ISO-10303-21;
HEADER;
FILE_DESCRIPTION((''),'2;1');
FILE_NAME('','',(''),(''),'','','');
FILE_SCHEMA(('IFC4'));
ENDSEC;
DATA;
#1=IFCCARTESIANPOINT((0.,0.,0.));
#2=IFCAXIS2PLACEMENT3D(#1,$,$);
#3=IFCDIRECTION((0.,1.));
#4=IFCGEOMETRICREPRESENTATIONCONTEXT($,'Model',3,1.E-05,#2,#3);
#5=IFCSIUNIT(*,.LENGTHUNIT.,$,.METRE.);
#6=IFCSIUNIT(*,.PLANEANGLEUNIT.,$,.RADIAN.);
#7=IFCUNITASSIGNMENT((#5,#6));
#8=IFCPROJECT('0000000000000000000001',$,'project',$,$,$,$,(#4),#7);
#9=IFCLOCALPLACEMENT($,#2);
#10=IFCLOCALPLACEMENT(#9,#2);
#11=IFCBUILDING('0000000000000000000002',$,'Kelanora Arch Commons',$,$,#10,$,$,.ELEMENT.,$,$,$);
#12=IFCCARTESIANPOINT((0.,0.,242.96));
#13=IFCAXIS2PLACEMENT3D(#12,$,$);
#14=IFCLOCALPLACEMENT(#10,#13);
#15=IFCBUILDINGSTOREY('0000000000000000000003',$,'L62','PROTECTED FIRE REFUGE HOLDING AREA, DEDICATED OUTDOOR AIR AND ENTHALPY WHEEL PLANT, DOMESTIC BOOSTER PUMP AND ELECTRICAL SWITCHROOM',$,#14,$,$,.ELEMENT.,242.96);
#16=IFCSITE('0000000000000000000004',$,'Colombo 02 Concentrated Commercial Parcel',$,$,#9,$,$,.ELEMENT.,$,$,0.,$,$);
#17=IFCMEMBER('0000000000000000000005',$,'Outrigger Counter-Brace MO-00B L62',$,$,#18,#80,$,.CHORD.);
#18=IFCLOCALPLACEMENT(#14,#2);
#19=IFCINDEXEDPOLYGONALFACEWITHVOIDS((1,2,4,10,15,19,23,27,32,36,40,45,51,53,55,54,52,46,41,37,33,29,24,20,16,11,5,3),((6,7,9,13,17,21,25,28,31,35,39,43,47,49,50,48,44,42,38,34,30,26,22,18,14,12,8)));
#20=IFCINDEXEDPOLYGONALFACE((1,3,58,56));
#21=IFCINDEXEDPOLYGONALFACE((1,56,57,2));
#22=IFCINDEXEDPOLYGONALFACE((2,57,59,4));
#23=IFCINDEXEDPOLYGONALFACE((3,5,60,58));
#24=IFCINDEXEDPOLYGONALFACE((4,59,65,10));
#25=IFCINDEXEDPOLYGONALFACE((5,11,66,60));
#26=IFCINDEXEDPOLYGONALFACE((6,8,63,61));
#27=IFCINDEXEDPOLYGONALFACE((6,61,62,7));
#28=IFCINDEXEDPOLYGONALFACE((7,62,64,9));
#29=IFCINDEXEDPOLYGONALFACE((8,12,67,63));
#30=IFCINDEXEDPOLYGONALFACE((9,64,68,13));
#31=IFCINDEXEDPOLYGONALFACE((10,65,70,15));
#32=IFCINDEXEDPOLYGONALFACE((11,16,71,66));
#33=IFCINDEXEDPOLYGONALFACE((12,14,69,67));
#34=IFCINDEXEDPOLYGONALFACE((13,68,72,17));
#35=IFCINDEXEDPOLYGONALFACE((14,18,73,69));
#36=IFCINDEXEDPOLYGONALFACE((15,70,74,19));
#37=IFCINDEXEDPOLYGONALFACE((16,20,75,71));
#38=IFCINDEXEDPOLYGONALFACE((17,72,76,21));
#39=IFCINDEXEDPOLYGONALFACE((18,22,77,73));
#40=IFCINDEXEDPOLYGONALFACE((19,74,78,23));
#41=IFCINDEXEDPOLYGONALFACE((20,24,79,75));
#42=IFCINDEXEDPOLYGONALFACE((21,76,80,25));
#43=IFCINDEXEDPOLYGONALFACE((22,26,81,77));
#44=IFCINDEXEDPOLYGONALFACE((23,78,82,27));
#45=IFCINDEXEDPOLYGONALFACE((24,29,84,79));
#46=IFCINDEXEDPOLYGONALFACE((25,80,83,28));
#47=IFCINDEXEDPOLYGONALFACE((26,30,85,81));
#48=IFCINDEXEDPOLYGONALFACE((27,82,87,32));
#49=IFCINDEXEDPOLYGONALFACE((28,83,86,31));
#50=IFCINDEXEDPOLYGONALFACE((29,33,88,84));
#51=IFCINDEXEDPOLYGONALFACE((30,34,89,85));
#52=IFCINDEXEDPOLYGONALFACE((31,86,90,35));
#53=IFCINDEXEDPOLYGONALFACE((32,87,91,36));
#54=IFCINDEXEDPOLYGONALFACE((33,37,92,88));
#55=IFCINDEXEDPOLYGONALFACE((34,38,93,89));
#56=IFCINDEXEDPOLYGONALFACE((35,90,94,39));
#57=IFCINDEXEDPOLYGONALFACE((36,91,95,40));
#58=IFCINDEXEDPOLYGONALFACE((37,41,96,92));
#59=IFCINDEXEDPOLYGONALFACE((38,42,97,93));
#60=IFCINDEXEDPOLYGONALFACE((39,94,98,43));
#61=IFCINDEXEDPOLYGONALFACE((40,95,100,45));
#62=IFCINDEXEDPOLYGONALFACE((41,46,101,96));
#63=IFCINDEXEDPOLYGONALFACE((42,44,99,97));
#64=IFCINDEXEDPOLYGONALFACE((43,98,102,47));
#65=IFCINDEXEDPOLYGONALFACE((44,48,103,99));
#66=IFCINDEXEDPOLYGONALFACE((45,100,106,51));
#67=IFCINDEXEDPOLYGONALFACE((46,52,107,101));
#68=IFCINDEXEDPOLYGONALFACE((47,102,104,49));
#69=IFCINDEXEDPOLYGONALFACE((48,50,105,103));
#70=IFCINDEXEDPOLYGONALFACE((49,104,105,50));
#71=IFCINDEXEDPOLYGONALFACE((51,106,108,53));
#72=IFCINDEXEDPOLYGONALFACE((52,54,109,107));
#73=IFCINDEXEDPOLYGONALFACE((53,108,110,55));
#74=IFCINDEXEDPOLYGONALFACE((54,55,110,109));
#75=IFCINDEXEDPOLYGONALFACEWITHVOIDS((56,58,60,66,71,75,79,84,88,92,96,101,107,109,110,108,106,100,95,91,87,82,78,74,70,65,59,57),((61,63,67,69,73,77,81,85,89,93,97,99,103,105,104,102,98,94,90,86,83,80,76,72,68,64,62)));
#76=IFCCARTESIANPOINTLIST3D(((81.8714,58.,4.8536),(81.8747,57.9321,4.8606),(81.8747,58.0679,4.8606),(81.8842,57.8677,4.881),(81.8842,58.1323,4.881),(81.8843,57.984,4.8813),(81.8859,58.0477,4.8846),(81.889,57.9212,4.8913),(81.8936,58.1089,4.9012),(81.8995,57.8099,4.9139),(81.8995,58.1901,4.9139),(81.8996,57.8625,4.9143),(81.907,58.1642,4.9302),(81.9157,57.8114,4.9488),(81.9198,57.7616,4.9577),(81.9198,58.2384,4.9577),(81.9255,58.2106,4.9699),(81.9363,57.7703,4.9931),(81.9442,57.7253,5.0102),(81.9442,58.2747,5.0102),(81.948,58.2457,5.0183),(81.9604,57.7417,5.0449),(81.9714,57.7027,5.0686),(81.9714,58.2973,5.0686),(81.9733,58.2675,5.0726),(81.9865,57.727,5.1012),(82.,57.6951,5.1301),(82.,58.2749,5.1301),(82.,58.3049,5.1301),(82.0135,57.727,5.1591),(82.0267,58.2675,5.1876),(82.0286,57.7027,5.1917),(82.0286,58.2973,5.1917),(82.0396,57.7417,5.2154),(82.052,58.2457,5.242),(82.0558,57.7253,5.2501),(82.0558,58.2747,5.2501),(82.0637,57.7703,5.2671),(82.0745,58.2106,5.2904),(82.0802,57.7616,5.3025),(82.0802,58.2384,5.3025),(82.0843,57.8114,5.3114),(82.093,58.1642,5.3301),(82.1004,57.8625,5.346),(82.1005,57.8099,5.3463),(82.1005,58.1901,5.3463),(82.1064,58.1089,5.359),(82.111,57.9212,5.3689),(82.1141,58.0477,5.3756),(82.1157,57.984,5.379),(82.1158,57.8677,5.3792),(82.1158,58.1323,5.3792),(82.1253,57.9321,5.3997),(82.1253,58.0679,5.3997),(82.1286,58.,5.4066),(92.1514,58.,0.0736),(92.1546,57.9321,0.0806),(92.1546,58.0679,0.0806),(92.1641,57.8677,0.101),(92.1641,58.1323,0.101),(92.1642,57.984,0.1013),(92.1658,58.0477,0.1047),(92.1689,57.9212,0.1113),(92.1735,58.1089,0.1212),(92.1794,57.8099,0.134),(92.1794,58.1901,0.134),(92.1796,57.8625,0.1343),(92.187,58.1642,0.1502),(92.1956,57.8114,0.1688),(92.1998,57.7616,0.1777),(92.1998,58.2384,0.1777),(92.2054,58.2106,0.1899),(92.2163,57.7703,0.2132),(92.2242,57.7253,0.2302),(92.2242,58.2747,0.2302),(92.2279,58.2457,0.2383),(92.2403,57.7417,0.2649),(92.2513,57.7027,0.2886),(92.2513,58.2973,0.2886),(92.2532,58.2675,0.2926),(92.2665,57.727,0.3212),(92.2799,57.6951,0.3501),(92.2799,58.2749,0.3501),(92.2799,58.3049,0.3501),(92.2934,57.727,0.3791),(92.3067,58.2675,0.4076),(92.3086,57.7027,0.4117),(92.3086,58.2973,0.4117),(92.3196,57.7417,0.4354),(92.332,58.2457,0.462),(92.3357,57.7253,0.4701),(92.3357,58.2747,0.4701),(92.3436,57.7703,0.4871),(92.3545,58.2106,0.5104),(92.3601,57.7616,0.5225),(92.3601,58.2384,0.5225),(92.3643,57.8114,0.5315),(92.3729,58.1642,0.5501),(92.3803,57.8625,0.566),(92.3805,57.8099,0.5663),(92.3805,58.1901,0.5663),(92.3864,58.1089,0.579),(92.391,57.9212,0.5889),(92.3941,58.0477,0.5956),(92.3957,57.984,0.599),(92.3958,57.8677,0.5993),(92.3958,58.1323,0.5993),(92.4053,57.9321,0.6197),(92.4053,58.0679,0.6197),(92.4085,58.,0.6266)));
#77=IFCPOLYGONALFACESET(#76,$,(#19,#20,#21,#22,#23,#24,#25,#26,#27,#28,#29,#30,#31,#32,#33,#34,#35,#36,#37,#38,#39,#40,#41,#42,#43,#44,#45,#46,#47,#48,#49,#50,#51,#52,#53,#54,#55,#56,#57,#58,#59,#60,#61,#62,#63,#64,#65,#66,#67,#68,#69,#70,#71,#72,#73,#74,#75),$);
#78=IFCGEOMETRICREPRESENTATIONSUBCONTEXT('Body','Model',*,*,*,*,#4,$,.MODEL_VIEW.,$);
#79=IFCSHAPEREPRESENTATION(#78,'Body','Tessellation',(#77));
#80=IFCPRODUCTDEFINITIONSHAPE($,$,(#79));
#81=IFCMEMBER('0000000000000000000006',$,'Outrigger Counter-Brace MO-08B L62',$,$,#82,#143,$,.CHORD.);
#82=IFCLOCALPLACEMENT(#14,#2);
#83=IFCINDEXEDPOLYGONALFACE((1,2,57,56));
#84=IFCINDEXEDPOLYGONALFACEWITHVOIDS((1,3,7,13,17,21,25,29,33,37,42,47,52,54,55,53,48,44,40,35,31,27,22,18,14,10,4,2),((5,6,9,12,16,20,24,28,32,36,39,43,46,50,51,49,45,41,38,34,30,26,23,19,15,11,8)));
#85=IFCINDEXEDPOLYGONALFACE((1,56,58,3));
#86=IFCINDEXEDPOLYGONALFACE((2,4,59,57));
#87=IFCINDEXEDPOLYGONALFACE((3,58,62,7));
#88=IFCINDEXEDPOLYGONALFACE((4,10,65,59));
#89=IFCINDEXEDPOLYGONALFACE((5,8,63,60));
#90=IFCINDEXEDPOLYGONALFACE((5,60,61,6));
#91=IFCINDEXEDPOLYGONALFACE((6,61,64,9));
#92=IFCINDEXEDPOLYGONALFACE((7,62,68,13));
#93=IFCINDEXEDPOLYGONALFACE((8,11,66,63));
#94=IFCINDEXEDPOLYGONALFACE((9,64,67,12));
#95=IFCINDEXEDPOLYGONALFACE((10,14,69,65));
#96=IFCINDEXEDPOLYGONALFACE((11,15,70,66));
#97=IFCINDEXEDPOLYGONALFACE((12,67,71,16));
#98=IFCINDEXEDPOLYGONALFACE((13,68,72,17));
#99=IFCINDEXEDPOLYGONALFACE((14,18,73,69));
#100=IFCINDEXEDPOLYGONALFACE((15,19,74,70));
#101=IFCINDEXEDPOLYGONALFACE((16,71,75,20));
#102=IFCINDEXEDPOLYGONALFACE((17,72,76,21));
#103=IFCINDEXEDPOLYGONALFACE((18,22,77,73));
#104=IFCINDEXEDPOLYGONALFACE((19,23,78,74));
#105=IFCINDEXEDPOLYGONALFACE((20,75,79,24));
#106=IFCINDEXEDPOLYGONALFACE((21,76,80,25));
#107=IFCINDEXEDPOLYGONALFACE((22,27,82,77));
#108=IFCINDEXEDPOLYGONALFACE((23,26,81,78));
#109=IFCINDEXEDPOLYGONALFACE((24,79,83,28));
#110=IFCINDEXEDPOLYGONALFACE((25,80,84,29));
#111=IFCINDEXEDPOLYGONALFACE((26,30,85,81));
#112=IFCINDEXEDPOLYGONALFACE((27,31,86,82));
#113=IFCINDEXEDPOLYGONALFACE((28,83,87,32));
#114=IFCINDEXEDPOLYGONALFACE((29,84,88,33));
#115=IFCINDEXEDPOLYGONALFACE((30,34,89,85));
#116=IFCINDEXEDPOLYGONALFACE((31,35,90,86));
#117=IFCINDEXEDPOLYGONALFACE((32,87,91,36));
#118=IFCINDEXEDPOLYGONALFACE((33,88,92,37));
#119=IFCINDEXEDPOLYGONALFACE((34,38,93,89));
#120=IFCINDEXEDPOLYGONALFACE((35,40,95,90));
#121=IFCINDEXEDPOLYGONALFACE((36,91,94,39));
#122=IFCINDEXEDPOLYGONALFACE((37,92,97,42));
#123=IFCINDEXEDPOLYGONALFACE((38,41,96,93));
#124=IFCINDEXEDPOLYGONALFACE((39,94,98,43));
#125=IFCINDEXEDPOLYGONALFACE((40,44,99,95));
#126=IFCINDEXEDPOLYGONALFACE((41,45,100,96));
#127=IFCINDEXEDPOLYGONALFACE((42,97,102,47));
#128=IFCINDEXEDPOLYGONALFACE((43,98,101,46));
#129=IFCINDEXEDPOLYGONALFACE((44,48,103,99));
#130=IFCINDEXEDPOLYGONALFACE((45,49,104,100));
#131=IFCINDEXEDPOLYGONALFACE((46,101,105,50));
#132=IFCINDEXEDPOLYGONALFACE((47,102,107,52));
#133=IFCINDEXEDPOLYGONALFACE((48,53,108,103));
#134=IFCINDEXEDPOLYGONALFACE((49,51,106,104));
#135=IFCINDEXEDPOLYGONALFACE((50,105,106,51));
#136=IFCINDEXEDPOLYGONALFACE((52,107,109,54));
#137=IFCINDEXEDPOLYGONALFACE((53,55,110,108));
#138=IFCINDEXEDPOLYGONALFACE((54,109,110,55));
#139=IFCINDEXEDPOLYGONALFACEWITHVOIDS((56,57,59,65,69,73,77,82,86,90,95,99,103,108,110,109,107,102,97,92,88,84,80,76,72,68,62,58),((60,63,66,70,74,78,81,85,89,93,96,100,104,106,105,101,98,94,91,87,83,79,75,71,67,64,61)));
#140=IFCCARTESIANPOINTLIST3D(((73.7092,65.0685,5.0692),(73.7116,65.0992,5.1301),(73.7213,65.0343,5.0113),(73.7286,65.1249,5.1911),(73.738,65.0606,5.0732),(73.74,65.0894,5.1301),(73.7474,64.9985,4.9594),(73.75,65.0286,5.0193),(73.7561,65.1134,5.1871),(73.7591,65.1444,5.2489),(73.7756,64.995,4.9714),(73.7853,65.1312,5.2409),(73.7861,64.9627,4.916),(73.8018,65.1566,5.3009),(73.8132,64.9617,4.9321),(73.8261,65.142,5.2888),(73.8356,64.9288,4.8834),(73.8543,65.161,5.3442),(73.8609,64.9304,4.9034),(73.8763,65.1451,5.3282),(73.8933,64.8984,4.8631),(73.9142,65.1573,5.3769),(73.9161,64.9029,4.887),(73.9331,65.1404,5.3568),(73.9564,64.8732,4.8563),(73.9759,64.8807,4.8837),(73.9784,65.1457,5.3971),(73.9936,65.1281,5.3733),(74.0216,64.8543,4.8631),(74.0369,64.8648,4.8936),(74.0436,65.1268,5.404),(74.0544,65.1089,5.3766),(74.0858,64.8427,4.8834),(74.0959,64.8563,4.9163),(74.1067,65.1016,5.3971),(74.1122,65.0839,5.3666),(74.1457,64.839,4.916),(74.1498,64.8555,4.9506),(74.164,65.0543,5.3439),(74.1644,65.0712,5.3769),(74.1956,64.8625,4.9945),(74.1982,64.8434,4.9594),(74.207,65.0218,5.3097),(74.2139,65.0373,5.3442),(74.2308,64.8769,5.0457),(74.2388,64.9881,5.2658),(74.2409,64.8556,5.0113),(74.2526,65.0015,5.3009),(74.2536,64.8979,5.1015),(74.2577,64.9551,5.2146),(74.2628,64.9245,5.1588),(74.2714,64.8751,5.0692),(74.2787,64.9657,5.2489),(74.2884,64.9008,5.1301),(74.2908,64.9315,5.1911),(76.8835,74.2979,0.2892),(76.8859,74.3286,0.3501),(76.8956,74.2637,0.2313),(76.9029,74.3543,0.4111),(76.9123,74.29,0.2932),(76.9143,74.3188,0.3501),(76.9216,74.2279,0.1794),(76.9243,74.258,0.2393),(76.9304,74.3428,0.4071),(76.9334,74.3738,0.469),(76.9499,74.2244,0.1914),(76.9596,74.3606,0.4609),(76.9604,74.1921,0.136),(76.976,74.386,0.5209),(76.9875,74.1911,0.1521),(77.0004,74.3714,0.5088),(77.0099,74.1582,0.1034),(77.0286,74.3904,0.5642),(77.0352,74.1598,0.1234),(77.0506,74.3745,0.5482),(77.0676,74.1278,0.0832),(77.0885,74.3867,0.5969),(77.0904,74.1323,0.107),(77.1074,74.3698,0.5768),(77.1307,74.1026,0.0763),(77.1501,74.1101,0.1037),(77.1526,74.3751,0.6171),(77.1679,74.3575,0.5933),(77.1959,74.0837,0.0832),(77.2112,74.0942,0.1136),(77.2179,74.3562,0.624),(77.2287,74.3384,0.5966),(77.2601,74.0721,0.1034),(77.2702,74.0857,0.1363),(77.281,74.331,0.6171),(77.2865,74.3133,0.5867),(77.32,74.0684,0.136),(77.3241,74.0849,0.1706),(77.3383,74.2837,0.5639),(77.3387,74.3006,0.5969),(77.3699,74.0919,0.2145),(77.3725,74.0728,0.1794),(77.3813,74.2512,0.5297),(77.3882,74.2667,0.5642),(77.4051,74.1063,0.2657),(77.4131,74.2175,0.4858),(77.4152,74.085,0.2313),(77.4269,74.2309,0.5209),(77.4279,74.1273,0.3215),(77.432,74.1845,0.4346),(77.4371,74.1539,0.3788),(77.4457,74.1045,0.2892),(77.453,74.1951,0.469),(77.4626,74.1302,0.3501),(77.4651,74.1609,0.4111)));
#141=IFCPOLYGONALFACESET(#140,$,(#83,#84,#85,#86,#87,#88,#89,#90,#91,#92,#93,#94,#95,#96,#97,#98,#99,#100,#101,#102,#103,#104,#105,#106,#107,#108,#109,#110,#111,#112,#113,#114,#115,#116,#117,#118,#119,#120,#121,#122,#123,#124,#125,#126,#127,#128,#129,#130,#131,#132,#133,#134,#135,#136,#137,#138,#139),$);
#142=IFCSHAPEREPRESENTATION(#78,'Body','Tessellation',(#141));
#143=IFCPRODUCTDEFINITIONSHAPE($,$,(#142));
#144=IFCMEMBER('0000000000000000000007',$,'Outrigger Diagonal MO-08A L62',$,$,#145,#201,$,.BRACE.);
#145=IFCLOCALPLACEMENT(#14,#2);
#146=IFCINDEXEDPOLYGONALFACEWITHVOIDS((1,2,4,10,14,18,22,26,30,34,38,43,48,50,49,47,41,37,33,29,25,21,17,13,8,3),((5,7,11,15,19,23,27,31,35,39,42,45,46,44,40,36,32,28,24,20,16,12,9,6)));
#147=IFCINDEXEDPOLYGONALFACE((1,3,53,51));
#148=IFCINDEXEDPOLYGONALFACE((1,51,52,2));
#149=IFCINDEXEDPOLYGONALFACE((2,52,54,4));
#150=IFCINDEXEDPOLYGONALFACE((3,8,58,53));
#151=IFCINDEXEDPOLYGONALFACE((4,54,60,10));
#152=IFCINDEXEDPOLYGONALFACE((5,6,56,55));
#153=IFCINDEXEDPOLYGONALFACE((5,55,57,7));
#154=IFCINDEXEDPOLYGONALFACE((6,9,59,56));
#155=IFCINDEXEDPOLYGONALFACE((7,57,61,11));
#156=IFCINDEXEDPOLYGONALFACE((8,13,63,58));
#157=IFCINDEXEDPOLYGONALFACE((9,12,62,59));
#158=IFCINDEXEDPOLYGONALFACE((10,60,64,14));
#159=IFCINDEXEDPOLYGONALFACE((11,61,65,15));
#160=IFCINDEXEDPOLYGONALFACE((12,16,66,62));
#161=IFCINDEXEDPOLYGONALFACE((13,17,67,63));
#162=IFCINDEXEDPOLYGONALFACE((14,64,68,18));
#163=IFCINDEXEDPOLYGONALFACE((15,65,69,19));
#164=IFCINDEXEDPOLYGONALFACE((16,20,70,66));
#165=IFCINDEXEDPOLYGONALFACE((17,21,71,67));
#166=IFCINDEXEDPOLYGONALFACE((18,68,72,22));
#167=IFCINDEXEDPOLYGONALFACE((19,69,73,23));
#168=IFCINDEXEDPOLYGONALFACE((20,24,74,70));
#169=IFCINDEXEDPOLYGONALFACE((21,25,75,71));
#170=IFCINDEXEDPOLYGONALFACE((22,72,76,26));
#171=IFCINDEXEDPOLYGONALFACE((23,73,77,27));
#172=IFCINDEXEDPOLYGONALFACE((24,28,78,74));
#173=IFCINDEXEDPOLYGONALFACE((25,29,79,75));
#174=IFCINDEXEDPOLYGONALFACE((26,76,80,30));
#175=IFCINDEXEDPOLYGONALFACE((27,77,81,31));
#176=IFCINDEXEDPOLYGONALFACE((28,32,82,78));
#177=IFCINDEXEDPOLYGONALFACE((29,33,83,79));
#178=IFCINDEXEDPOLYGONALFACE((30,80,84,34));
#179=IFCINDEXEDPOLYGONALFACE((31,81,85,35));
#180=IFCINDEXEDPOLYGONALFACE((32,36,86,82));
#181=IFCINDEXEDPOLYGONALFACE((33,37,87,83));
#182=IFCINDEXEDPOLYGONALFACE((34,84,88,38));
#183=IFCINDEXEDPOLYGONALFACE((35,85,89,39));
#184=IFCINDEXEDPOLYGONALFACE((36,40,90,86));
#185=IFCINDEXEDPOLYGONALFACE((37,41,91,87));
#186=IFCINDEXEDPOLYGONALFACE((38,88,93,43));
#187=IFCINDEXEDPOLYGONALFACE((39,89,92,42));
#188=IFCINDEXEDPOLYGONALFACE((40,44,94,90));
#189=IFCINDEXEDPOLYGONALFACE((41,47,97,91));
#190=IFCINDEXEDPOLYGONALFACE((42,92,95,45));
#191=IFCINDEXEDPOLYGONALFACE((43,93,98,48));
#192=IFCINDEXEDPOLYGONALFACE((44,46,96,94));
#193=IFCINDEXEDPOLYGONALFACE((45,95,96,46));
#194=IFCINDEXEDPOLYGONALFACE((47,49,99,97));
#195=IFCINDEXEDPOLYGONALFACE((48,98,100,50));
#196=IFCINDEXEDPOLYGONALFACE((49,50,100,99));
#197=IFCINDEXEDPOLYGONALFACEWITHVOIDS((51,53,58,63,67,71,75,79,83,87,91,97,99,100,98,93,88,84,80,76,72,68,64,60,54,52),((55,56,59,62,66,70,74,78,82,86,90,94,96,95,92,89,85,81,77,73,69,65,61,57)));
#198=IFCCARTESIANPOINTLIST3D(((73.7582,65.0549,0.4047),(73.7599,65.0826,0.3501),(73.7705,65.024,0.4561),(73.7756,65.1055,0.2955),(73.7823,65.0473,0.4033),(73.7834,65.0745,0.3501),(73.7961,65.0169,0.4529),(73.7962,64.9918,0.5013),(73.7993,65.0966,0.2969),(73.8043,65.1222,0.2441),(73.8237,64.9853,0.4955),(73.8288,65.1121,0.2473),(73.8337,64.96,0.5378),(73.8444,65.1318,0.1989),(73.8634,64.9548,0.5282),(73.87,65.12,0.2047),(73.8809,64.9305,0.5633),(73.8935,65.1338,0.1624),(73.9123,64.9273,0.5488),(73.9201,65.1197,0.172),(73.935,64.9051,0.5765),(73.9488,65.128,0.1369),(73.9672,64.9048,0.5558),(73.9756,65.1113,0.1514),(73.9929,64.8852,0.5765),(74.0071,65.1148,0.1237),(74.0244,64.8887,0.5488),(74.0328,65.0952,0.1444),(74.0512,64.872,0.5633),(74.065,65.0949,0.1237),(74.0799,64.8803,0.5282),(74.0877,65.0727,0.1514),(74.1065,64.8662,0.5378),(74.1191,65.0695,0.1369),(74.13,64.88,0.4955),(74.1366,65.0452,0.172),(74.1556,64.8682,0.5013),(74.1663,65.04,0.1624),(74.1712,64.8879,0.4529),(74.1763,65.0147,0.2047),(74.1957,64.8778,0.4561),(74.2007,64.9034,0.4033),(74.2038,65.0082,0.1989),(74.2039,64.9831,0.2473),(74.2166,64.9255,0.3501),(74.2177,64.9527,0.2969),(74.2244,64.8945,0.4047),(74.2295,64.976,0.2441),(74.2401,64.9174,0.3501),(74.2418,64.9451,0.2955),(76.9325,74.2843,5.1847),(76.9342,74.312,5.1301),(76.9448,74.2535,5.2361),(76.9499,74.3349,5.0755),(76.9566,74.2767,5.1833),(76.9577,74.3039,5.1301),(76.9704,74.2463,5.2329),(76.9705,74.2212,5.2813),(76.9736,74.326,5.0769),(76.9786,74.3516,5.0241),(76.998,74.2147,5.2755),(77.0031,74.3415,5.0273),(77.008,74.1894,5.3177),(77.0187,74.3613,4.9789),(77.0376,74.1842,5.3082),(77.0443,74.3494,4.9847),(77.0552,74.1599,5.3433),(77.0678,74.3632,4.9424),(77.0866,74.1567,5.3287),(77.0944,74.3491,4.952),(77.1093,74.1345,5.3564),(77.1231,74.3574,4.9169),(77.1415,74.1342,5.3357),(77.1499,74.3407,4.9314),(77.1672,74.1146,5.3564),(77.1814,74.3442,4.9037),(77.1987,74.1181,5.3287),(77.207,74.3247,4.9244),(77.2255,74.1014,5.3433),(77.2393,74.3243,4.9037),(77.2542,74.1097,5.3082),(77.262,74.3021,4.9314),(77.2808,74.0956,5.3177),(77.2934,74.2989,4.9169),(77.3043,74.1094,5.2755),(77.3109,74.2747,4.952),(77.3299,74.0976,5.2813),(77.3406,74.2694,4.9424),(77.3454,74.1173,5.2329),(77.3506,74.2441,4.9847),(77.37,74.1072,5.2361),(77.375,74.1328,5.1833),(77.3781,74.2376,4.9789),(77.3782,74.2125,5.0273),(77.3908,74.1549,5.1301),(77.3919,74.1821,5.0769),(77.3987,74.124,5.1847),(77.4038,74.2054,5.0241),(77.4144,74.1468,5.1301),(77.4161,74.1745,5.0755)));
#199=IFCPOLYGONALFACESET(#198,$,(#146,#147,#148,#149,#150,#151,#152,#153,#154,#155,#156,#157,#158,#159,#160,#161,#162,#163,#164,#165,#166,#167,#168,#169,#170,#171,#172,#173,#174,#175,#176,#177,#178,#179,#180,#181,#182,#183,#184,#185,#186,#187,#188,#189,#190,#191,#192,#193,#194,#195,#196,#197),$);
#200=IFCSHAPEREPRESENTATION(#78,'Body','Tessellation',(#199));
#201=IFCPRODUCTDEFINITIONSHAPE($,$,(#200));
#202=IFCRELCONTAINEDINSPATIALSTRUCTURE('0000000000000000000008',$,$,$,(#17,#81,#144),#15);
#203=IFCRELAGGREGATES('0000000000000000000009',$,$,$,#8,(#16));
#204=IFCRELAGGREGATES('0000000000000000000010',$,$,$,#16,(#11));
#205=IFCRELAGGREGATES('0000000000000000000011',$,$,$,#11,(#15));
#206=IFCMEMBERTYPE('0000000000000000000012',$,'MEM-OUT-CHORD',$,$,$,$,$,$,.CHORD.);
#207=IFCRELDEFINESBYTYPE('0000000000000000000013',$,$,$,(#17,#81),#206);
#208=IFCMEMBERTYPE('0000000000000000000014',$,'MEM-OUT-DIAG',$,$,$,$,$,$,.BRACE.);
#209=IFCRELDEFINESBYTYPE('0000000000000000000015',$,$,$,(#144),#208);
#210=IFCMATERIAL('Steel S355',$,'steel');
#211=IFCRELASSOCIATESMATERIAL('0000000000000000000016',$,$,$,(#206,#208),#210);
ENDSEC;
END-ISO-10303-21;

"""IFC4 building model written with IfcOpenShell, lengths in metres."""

from ifc_helpers import new_model, si_unit, direction, frame, origin, origin_2d, place, context, subcontext, project, spatial, hollow_circle, extrude, material, material_profile, profile_set, type_object, element, save


model = new_model("IFC4")

# Units and contexts
model_context = context("Model", 3, precision=1e-05, world=origin(), true_north=direction((0.0, 1.0)))
body_context = subcontext(model_context, "Body", "Model", "MODEL_VIEW")
ifc_project = project(units=[si_unit("LENGTHUNIT", "METRE"), si_unit("PLANEANGLEUNIT", "RADIAN")], contexts=[model_context])

# Site, building, storey
site_placement = place(None, origin())
site = spatial("IfcSite", under=ifc_project, at=site_placement, Name="Colombo 02 Concentrated Commercial Parcel", CompositionType="ELEMENT", RefElevation=0.0)
building_placement = place(site_placement, origin())
building = spatial("IfcBuilding", under=site, at=building_placement, Name="Kelanora Arch Commons", CompositionType="ELEMENT")
storey_placement = place(building_placement, frame((0.0, 0.0, 242.96)))
storey = spatial("IfcBuildingStorey", under=building, at=storey_placement, Name="L62", Description="PROTECTED FIRE REFUGE HOLDING AREA, DEDICATED OUTDOOR AIR AND ENTHALPY WHEEL PLANT, DOMESTIC BOOSTER PUMP AND ELECTRICAL SWITCHROOM", CompositionType="ELEMENT", Elevation=242.96)

# Members
ifc_material_1 = material(Name="Steel S355", Category="steel")
ifc_material_profile_1 = material_profile(ifc_material_1, hollow_circle(Radius=0.3049, WallThickness=0.03, at=origin_2d()), Name="CHS610x30")
ifc_profile_set_1 = profile_set([ifc_material_profile_1], Name="Steel S355")
member_type_1 = type_object("IfcMemberType", Name="MEM-OUT-CHORD", PredefinedType="CHORD", material=ifc_profile_set_1)
member_1_placement = place(storey_placement, frame((82.0, 58.0, 5.1301), z_axis=(0.906768, 0.0, -0.421631), x_axis=(0.0, 1.0, 0.0)))
element("IfcMember", 1, at=member_1_placement, inside=storey, type_object=member_type_1, Name="Outrigger Counter-Brace MO-00B L62", PredefinedType="CHORD", context=body_context, shape_type="SweptSolid", body=[
    extrude(hollow_circle(Radius=0.3049, WallThickness=0.03, at=origin_2d()), origin(), (0.0, 0.0, 1.0), 11.3369),
])
member_2_placement = place(storey_placement, frame((74.0, 65.0, 5.1301), z_axis=(0.292085, 0.849253, -0.439835), x_axis=(-0.945634, 0.325234, 0.0)))
element("IfcMember", 2, at=member_2_placement, inside=storey, type_object=member_type_1, Name="Outrigger Counter-Brace MO-08B L62", PredefinedType="CHORD", context=body_context, shape_type="SweptSolid", body=[
    extrude(hollow_circle(Radius=0.3049, WallThickness=0.03, at=origin_2d()), origin(), (0.0, 0.0, 1.0), 10.8677),
])
ifc_material_profile_2 = material_profile(ifc_material_1, hollow_circle(Radius=0.2539, WallThickness=0.0249, at=origin_2d()), Name="CHS508x25")
ifc_profile_set_2 = profile_set([ifc_material_profile_2], Name="Steel S355")
member_type_2 = type_object("IfcMemberType", Name="MEM-OUT-DIAG", PredefinedType="BRACE", material=ifc_profile_set_2)
member_3_placement = place(storey_placement, frame((74.0, 65.0, 0.3501), z_axis=(0.292085, 0.849253, 0.439835), x_axis=(-0.945634, 0.325234, 0.0)))
element("IfcMember", 3, at=member_3_placement, inside=storey, type_object=member_type_2, Name="Outrigger Diagonal MO-08A L62", PredefinedType="BRACE", context=body_context, shape_type="SweptSolid", body=[
    extrude(hollow_circle(Radius=0.2539, WallThickness=0.0249, at=origin_2d()), origin(), (0.0, 0.0, 1.0), 10.8677),
])

save(model, "model.ifc")
